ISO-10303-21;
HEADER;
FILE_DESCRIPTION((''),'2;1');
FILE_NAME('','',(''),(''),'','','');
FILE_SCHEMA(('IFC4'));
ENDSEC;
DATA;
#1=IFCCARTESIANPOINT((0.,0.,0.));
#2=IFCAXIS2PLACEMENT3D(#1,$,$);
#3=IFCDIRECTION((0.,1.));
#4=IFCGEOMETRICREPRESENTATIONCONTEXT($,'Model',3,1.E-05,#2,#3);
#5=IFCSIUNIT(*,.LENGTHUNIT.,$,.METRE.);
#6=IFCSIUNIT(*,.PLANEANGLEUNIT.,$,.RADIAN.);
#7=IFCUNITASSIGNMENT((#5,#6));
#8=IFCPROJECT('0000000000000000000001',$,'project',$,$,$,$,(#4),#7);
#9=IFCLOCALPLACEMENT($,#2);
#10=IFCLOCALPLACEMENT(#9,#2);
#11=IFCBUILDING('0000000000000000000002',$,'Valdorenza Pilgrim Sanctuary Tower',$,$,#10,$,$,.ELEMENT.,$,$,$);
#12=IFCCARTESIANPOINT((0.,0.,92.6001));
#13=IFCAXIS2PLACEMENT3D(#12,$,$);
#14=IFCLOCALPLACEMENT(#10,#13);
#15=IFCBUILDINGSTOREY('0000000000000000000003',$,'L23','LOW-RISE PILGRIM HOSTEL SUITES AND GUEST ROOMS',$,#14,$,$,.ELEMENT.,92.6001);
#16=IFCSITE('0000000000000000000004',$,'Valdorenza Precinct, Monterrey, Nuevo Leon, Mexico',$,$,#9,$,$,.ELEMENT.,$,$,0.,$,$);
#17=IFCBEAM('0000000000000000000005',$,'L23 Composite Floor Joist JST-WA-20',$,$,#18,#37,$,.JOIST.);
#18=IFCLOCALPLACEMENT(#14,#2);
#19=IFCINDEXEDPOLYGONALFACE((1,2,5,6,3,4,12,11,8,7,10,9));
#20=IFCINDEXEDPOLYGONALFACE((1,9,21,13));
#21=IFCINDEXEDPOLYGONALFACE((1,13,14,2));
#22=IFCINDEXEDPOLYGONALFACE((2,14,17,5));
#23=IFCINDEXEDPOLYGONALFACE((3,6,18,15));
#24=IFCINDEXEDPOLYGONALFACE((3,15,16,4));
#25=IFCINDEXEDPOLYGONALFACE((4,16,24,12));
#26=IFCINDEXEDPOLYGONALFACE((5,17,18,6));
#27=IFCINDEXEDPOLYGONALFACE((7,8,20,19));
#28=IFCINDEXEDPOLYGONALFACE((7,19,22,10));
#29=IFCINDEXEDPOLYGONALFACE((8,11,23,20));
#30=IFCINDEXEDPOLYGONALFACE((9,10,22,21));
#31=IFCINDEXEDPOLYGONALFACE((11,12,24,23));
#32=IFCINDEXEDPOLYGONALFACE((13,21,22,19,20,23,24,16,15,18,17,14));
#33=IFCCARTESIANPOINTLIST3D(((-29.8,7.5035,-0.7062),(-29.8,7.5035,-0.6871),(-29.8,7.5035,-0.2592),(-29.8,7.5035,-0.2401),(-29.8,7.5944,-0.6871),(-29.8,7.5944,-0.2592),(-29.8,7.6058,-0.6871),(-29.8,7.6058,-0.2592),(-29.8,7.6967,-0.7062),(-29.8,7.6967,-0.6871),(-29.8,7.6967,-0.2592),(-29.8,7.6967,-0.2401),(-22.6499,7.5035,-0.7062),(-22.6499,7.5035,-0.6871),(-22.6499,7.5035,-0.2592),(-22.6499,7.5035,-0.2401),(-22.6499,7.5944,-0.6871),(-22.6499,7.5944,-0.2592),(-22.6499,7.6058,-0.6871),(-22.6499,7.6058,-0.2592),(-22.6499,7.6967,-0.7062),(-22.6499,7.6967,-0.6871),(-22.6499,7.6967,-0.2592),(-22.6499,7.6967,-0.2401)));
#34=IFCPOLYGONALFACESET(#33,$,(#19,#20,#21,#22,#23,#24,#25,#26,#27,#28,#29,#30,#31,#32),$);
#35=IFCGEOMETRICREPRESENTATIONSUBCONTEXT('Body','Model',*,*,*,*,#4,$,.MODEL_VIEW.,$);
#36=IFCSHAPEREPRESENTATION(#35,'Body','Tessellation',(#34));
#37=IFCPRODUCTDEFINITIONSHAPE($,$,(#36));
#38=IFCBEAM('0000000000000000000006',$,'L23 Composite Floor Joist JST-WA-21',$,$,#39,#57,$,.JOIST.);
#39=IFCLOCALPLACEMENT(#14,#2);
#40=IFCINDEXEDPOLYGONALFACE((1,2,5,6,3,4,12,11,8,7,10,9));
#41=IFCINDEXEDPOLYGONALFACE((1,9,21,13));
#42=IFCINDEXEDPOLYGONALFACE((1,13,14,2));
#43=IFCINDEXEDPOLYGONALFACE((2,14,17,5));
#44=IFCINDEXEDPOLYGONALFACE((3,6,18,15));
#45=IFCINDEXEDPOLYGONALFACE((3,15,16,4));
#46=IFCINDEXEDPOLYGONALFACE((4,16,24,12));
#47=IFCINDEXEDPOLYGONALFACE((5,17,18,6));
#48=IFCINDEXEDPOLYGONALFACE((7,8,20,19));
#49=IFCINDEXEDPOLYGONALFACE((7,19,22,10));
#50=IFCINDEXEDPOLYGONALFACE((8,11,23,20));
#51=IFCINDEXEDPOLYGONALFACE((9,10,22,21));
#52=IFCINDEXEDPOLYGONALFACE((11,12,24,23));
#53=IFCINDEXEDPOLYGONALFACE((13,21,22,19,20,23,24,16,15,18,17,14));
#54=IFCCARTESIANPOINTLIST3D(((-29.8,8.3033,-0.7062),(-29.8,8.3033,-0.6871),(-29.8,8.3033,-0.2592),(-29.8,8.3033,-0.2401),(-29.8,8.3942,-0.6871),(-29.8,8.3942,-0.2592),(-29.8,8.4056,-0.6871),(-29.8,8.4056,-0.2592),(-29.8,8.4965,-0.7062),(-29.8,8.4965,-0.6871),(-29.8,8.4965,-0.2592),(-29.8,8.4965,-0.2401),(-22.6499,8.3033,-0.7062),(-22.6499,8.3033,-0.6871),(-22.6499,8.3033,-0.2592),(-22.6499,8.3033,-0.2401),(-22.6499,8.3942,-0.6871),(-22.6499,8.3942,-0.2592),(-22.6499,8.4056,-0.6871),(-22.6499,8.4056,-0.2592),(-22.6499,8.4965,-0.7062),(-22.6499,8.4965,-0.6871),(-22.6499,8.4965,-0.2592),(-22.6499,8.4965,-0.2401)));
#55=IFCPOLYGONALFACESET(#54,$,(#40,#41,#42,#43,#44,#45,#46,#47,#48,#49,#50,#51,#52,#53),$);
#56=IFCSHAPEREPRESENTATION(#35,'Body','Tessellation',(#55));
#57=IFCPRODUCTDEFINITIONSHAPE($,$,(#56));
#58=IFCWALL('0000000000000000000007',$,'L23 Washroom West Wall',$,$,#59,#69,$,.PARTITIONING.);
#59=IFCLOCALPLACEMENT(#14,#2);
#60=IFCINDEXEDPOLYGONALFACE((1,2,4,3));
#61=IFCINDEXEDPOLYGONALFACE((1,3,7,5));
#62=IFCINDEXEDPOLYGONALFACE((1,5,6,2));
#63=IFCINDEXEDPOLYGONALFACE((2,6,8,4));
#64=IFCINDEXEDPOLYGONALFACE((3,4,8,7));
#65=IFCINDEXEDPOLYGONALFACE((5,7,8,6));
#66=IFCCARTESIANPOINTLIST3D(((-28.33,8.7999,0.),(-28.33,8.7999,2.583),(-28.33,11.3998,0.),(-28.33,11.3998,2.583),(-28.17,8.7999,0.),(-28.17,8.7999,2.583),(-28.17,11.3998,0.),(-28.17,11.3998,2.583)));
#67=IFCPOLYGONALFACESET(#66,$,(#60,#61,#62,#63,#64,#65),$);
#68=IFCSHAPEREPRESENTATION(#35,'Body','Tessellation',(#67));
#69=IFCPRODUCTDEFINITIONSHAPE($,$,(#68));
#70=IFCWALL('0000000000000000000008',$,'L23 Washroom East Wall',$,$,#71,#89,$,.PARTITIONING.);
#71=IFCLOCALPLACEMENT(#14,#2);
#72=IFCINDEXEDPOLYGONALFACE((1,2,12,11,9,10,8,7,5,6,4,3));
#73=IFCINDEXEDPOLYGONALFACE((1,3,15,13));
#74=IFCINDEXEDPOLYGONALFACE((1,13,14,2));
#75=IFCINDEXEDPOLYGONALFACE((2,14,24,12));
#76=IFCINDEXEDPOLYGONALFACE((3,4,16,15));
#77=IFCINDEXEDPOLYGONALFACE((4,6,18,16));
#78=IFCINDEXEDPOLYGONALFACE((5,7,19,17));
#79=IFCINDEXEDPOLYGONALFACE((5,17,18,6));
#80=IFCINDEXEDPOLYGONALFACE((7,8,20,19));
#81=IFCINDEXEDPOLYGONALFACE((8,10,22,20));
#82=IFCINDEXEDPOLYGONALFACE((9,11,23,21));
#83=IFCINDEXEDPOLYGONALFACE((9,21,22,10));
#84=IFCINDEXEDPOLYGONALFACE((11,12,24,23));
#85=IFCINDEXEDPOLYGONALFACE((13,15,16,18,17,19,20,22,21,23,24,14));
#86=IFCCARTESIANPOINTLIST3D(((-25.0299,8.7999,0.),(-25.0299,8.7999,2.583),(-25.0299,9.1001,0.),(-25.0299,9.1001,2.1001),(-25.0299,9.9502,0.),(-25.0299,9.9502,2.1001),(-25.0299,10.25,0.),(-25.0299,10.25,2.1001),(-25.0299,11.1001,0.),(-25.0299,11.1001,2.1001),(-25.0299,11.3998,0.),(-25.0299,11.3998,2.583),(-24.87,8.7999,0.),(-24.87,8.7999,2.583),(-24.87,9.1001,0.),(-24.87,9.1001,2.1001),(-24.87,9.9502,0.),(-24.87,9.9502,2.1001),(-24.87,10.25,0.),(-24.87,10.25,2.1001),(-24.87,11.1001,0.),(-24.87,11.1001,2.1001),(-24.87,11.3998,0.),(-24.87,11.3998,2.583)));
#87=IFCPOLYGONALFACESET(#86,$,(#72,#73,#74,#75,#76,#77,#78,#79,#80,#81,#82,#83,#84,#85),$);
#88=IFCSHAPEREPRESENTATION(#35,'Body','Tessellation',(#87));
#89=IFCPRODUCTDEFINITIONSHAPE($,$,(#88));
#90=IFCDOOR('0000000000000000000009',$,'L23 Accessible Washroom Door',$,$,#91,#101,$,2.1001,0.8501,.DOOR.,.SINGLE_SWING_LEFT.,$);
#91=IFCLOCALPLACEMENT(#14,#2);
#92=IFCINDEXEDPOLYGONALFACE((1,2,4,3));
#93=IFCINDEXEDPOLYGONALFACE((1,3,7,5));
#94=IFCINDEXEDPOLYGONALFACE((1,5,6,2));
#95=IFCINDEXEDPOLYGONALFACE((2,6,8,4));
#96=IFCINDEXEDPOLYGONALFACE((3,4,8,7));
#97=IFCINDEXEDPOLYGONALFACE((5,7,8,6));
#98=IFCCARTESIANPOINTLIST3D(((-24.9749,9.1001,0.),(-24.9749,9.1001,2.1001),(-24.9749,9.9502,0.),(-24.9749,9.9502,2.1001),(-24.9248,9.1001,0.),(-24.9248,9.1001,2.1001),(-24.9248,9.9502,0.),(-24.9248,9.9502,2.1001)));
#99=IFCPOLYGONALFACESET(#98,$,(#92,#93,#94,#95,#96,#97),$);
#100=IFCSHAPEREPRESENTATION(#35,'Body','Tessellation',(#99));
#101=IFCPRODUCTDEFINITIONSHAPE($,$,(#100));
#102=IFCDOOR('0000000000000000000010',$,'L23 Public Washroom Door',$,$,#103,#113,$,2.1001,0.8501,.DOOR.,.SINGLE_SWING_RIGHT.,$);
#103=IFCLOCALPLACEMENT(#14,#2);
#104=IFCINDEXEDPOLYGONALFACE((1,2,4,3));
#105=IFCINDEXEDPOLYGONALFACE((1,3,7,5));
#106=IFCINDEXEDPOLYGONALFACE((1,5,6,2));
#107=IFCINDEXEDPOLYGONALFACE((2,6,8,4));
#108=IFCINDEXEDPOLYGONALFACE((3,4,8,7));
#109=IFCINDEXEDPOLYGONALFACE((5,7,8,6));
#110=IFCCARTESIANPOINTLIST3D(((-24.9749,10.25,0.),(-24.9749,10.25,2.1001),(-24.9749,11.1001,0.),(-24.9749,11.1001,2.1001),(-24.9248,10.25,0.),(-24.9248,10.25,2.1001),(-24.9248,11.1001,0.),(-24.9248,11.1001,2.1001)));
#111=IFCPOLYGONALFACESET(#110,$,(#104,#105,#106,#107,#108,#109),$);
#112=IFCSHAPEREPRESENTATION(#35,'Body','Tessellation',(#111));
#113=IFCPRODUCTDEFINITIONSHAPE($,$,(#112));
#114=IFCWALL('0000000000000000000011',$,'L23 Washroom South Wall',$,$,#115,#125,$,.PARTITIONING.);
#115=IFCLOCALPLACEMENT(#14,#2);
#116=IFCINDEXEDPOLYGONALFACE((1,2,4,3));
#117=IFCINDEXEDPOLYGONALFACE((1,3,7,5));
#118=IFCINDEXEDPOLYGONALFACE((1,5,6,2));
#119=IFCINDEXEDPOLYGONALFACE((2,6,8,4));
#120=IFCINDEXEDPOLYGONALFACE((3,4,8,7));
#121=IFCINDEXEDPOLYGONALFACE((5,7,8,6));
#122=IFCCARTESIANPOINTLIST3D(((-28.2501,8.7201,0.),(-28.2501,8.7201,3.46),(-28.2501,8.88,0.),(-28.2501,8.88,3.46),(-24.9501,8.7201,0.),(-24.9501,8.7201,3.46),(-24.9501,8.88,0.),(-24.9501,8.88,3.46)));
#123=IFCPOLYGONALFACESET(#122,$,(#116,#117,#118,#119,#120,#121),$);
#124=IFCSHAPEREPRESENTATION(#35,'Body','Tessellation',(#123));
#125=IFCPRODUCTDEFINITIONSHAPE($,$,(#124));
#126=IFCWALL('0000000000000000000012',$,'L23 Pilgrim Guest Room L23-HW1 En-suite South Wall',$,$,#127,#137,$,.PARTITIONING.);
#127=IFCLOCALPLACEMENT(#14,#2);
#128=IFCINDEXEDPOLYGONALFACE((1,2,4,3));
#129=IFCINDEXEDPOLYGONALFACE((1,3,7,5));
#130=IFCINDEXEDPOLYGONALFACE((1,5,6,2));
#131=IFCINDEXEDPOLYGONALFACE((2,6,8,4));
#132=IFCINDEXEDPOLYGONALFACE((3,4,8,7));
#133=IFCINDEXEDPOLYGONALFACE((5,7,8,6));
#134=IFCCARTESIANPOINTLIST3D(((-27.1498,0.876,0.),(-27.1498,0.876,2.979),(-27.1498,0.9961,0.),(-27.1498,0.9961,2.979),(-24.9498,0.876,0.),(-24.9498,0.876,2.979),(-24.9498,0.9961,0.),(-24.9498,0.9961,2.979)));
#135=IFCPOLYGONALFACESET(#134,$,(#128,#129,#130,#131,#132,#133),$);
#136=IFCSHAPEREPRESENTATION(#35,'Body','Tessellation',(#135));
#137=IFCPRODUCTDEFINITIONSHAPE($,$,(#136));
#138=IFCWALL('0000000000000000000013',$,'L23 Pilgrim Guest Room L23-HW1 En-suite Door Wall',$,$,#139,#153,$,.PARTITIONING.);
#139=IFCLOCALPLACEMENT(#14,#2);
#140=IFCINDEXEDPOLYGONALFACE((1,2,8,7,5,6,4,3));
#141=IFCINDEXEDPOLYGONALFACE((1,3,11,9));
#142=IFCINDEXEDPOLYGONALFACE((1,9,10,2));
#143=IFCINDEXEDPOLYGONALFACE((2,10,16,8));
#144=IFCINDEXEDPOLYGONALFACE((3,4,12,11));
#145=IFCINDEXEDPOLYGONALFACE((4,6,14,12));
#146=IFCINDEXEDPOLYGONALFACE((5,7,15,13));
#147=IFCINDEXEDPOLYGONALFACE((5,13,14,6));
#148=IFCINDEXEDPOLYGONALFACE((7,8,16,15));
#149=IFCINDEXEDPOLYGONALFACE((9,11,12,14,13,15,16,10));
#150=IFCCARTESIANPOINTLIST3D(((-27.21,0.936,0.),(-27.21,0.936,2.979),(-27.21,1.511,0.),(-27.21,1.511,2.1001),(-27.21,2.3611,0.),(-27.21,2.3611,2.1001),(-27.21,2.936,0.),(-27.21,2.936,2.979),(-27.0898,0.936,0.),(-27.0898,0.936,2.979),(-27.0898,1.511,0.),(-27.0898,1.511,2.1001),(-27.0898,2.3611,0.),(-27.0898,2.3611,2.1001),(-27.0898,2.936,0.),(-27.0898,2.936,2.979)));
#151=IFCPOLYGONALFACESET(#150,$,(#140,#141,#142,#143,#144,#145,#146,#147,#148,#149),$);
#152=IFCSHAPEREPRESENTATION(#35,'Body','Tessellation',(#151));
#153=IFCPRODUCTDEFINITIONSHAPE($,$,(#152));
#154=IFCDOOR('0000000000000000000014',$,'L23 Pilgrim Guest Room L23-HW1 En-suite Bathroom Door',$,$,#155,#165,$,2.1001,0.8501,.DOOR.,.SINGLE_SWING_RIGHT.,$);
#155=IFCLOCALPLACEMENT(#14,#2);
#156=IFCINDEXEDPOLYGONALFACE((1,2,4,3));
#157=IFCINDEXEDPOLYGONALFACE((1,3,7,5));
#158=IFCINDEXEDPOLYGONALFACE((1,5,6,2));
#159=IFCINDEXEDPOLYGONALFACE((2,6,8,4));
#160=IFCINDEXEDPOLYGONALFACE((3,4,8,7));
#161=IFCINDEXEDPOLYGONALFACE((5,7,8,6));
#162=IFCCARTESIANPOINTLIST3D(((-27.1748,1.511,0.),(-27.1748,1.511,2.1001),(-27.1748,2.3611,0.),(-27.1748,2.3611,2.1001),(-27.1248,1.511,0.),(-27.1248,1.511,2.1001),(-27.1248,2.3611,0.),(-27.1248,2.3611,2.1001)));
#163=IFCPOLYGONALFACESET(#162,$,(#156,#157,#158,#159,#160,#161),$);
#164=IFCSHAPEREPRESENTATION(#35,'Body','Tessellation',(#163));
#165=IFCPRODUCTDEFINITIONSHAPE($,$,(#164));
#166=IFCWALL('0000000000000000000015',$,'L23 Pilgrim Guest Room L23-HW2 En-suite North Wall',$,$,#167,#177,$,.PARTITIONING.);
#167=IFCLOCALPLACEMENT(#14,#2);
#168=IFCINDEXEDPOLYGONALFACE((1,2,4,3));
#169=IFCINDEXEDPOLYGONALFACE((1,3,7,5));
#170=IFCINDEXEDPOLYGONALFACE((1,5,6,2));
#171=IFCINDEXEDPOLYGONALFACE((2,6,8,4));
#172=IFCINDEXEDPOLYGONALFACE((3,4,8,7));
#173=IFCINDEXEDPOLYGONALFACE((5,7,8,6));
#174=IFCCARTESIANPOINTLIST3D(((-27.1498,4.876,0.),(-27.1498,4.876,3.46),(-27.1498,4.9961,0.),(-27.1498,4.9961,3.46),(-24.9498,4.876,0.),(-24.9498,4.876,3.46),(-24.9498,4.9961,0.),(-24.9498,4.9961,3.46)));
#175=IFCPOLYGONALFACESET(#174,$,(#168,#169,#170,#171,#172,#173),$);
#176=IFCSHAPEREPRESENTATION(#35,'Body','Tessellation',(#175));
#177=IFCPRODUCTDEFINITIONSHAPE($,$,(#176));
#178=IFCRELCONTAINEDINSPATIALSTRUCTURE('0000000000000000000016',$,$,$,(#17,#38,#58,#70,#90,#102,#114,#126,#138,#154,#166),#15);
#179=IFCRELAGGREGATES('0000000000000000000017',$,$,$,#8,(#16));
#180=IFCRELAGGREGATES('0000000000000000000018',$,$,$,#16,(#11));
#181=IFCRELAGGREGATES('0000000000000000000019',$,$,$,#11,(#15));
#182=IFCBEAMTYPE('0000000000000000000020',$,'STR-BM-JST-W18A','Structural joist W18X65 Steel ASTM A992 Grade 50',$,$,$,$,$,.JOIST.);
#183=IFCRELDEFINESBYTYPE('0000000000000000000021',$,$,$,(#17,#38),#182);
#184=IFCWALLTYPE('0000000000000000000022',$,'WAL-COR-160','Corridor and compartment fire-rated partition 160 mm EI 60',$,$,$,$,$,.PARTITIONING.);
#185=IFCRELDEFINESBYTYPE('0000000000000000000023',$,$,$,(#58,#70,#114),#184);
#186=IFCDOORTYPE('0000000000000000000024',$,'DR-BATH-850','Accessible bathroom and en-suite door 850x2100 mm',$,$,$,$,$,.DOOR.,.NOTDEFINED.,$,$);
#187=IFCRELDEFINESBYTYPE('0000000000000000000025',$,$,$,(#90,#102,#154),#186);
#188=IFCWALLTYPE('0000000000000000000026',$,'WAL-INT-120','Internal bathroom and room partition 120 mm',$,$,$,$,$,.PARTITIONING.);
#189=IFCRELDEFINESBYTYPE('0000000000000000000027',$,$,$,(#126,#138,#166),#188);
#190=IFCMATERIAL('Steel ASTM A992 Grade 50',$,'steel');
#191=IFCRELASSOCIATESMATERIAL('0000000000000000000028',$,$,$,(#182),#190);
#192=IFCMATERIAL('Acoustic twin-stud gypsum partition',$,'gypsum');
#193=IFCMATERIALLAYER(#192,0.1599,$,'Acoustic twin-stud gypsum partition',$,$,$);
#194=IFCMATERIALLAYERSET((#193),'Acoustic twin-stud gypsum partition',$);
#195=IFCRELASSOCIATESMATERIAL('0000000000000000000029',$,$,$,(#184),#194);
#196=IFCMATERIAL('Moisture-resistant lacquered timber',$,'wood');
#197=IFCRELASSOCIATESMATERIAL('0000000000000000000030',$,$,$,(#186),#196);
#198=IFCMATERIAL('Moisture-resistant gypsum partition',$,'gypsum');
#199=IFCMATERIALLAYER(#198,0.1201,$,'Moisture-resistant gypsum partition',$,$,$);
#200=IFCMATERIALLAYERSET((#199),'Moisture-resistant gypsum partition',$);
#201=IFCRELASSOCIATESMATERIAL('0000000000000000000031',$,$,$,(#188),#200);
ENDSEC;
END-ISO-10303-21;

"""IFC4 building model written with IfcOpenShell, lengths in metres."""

from ifc_helpers import new_model, si_unit, direction, frame, frame_2d, origin, origin_2d, place, context, subcontext, project, spatial, rectangle, i_section, extrude, source, transform, mapped, material, layer, layer_set, material_profile, profile_set, type_object, element, fill, save


model = new_model("IFC4")

# Units and contexts
model_context = context("Model", 3, precision=1e-05, world=origin(), true_north=direction((0.0, 1.0)))
body_context = subcontext(model_context, "Body", "Model", "MODEL_VIEW")
ifc_project = project(units=[si_unit("LENGTHUNIT", "METRE"), si_unit("PLANEANGLEUNIT", "RADIAN")], contexts=[model_context])

# Site, building, storey
site_placement = place(None, origin())
site = spatial("IfcSite", under=ifc_project, at=site_placement, Name="Valdorenza Precinct, Monterrey, Nuevo Leon, Mexico", CompositionType="ELEMENT", RefElevation=0.0)
building_placement = place(site_placement, origin())
building = spatial("IfcBuilding", under=site, at=building_placement, Name="Valdorenza Pilgrim Sanctuary Tower", CompositionType="ELEMENT")
storey_placement = place(building_placement, frame((0.0, 0.0, 92.6001)))
storey = spatial("IfcBuildingStorey", under=building, at=storey_placement, Name="L23", Description="LOW-RISE PILGRIM HOSTEL SUITES AND GUEST ROOMS", CompositionType="ELEMENT", Elevation=92.6001)

# Beams
ifc_material_1 = material(Name="Steel ASTM A992 Grade 50", Category="steel")
ifc_material_profile = material_profile(ifc_material_1, i_section(OverallWidth=0.1931, OverallDepth=0.4661, WebThickness=0.0115, FlangeThickness=0.019, at=origin_2d()), Name="W18X65")
ifc_profile_set = profile_set([ifc_material_profile], Name="Steel ASTM A992 Grade 50")
beam_type = type_object("IfcBeamType", Name="STR-BM-JST-W18A", Description="Structural joist W18X65 Steel ASTM A992 Grade 50", PredefinedType="JOIST", material=ifc_profile_set)
shared_shape = source(origin(), body_context, "Body", "SweptSolid", [
    extrude(i_section(OverallWidth=0.1931, OverallDepth=0.4661, WebThickness=0.0115, FlangeThickness=0.019, at=origin_2d()), origin(), (0.0, 0.0, 1.0), 7.1501),
])
for number, where, z_axis, x_axis, name in (
    (1, (-29.8, 7.6001, -0.4731), (1.0, 0.0, 0.0), (0.0, 1.0, 0.0), "L23 Composite Floor Joist JST-WA-20"),
    (2, (-29.8, 8.3999, -0.4731), (1.0, 0.0, 0.0), (0.0, 1.0, 0.0), "L23 Composite Floor Joist JST-WA-21"),
):
    element("IfcBeam", number, at=place(storey_placement, frame(where, z_axis=z_axis, x_axis=x_axis)), inside=storey, type_object=beam_type, Name=name, PredefinedType="JOIST", context=body_context, shape_type="MappedRepresentation", body=[
        mapped(shared_shape, transform((0.0, 0.0, 0.0), x_axis=(1.0, 0.0, 0.0), y_axis=(0.0, 1.0, 0.0), z_axis=(0.0, 0.0, 1.0), scale=1.0)),
    ])

# Wall
ifc_material_2 = material(Name="Acoustic twin-stud gypsum partition", Category="gypsum")
ifc_layer_1 = layer(ifc_material_2, 0.1599, Name="Acoustic twin-stud gypsum partition")
ifc_layer_set_1 = layer_set([ifc_layer_1], Name="Acoustic twin-stud gypsum partition")
wall_type_1 = type_object("IfcWallType", Name="WAL-COR-160", Description="Corridor and compartment fire-rated partition 160 mm EI 60", PredefinedType="PARTITIONING", material=ifc_layer_set_1)
wall_1_placement = place(storey_placement, frame((-28.25, 8.8, 0.0), z_axis=(0.0, 0.0, 1.0), x_axis=(0.0, 1.0, 0.0)))
element("IfcWall", 3, at=wall_1_placement, inside=storey, type_object=wall_type_1, Name="L23 Washroom West Wall", PredefinedType="PARTITIONING", context=body_context, shape_type="SweptSolid", body=[
    extrude(rectangle(XDim=2.5999, YDim=0.1599, at=frame_2d((1.2998, 0.0))), origin(), (0.0, 0.0, 1.0), 2.583),
])

# Wall, openings, doors
wall_2_placement = place(storey_placement, frame((-24.95, 8.8, 0.0), z_axis=(0.0, 0.0, 1.0), x_axis=(0.0, 1.0, 0.0)))
wall_2 = element("IfcWall", 4, at=wall_2_placement, inside=storey, type_object=wall_type_1, Name="L23 Washroom East Wall", PredefinedType="PARTITIONING", context=body_context, shape_type="SweptSolid", body=[
    extrude(rectangle(XDim=2.5999, YDim=0.1599, at=frame_2d((1.2998, 0.0))), origin(), (0.0, 0.0, 1.0), 2.583),
])
opening_1_placement = place(wall_2_placement, frame((0.3, 0.0, 0.0)))
opening_1 = element("IfcOpeningElement", 5, at=opening_1_placement, cuts=wall_2, PredefinedType="OPENING", context=body_context, shape_type="SweptSolid", body=[
    extrude(rectangle(XDim=0.8501, YDim=2.1001, at=frame_2d((0.425, 1.05))), frame((0.0, 0.0947, 0.0), z_axis=(0.0, -1.0, 0.0), x_axis=(1.0, 0.0, 0.0)), (0.0, 0.0, 1.0), 0.1897),
])
opening_2_placement = place(wall_2_placement, frame((1.45, 0.0, 0.0)))
opening_2 = element("IfcOpeningElement", 6, at=opening_2_placement, cuts=wall_2, PredefinedType="OPENING", context=body_context, shape_type="SweptSolid", body=[
    extrude(rectangle(XDim=0.8501, YDim=2.1001, at=frame_2d((0.425, 1.05))), frame((0.0, 0.0947, 0.0), z_axis=(0.0, -1.0, 0.0), x_axis=(1.0, 0.0, 0.0)), (0.0, 0.0, 1.0), 0.1897),
])
ifc_material_3 = material(Name="Moisture-resistant lacquered timber", Category="wood")
door_type_1 = type_object("IfcDoorType", Name="DR-BATH-850", Description="Accessible bathroom and en-suite door 850x2100 mm", OperationType="NOTDEFINED", PredefinedType="DOOR", material=ifc_material_3)
door_1_placement = place(opening_1_placement, origin())
door_1 = element("IfcDoor", 7, at=door_1_placement, inside=storey, type_object=door_type_1, Name="L23 Accessible Washroom Door", OperationType="SINGLE_SWING_LEFT", OverallHeight=2.1001, OverallWidth=0.8501, PredefinedType="DOOR", context=body_context, shape_type="SweptSolid", body=[
    extrude(rectangle(XDim=0.8501, YDim=2.1001, at=frame_2d((0.425, 1.05))), frame((0.0, 0.0249, 0.0), z_axis=(0.0, -1.0, 0.0), x_axis=(1.0, 0.0, 0.0)), (0.0, 0.0, 1.0), 0.05),
])
fill(opening_1, door_1)
door_2_placement = place(opening_2_placement, origin())
door_2 = element("IfcDoor", 8, at=door_2_placement, inside=storey, type_object=door_type_1, Name="L23 Public Washroom Door", OperationType="SINGLE_SWING_RIGHT", OverallHeight=2.1001, OverallWidth=0.8501, PredefinedType="DOOR", context=body_context, shape_type="SweptSolid", body=[
    extrude(rectangle(XDim=0.8501, YDim=2.1001, at=frame_2d((0.425, 1.05))), frame((0.0, 0.0249, 0.0), z_axis=(0.0, -1.0, 0.0), x_axis=(1.0, 0.0, 0.0)), (0.0, 0.0, 1.0), 0.05),
])
fill(opening_2, door_2)

# Walls
wall_3_placement = place(storey_placement, frame((-28.25, 8.8, 0.0), z_axis=(0.0, 0.0, 1.0), x_axis=(1.0, 0.0, 0.0)))
element("IfcWall", 9, at=wall_3_placement, inside=storey, type_object=wall_type_1, Name="L23 Washroom South Wall", PredefinedType="PARTITIONING", context=body_context, shape_type="SweptSolid", body=[
    extrude(rectangle(XDim=3.3, YDim=0.1599, at=frame_2d((1.6499, 0.0))), origin(), (0.0, 0.0, 1.0), 3.46),
])
ifc_material_4 = material(Name="Moisture-resistant gypsum partition", Category="gypsum")
ifc_layer_2 = layer(ifc_material_4, 0.1201, Name="Moisture-resistant gypsum partition")
ifc_layer_set_2 = layer_set([ifc_layer_2], Name="Moisture-resistant gypsum partition")
wall_type_2 = type_object("IfcWallType", Name="WAL-INT-120", Description="Internal bathroom and room partition 120 mm", PredefinedType="PARTITIONING", material=ifc_layer_set_2)
wall_4_placement = place(storey_placement, frame((-27.1499, 0.936, 0.0), z_axis=(0.0, 0.0, 1.0), x_axis=(1.0, 0.0, 0.0)))
element("IfcWall", 10, at=wall_4_placement, inside=storey, type_object=wall_type_2, Name="L23 Pilgrim Guest Room L23-HW1 En-suite South Wall", PredefinedType="PARTITIONING", context=body_context, shape_type="SweptSolid", body=[
    extrude(rectangle(XDim=2.2, YDim=0.1201, at=frame_2d((1.1001, 0.0))), origin(), (0.0, 0.0, 1.0), 2.979),
])

# Wall, opening, door
wall_5_placement = place(storey_placement, frame((-27.1499, 0.936, 0.0), z_axis=(0.0, 0.0, 1.0), x_axis=(0.0, 1.0, 0.0)))
wall_5 = element("IfcWall", 11, at=wall_5_placement, inside=storey, type_object=wall_type_2, Name="L23 Pilgrim Guest Room L23-HW1 En-suite Door Wall", PredefinedType="PARTITIONING", context=body_context, shape_type="SweptSolid", body=[
    extrude(rectangle(XDim=2.0, YDim=0.1201, at=frame_2d((1.0, 0.0))), origin(), (0.0, 0.0, 1.0), 2.979),
])
opening_3_placement = place(wall_5_placement, frame((0.575, 0.0, 0.0)))
opening_3 = element("IfcOpeningElement", 12, at=opening_3_placement, cuts=wall_5, PredefinedType="OPENING", context=body_context, shape_type="SweptSolid", body=[
    extrude(rectangle(XDim=0.8501, YDim=2.1001, at=frame_2d((0.425, 1.05))), frame((0.0, 0.075, 0.0), z_axis=(0.0, -1.0, 0.0), x_axis=(1.0, 0.0, 0.0)), (0.0, 0.0, 1.0), 0.1499),
])
door_3_placement = place(opening_3_placement, origin())
door_3 = element("IfcDoor", 13, at=door_3_placement, inside=storey, type_object=door_type_1, Name="L23 Pilgrim Guest Room L23-HW1 En-suite Bathroom Door", OperationType="SINGLE_SWING_RIGHT", OverallHeight=2.1001, OverallWidth=0.8501, PredefinedType="DOOR", context=body_context, shape_type="SweptSolid", body=[
    extrude(rectangle(XDim=0.8501, YDim=2.1001, at=frame_2d((0.425, 1.05))), frame((0.0, 0.0249, 0.0), z_axis=(0.0, -1.0, 0.0), x_axis=(1.0, 0.0, 0.0)), (0.0, 0.0, 1.0), 0.05),
])
fill(opening_3, door_3)

# Wall
wall_6_placement = place(storey_placement, frame((-27.1499, 4.936, 0.0), z_axis=(0.0, 0.0, 1.0), x_axis=(1.0, 0.0, 0.0)))
element("IfcWall", 14, at=wall_6_placement, inside=storey, type_object=wall_type_2, Name="L23 Pilgrim Guest Room L23-HW2 En-suite North Wall", PredefinedType="PARTITIONING", context=body_context, shape_type="SweptSolid", body=[
    extrude(rectangle(XDim=2.2, YDim=0.1201, at=frame_2d((1.1001, 0.0))), origin(), (0.0, 0.0, 1.0), 3.46),
])

save(model, "model.ifc")
